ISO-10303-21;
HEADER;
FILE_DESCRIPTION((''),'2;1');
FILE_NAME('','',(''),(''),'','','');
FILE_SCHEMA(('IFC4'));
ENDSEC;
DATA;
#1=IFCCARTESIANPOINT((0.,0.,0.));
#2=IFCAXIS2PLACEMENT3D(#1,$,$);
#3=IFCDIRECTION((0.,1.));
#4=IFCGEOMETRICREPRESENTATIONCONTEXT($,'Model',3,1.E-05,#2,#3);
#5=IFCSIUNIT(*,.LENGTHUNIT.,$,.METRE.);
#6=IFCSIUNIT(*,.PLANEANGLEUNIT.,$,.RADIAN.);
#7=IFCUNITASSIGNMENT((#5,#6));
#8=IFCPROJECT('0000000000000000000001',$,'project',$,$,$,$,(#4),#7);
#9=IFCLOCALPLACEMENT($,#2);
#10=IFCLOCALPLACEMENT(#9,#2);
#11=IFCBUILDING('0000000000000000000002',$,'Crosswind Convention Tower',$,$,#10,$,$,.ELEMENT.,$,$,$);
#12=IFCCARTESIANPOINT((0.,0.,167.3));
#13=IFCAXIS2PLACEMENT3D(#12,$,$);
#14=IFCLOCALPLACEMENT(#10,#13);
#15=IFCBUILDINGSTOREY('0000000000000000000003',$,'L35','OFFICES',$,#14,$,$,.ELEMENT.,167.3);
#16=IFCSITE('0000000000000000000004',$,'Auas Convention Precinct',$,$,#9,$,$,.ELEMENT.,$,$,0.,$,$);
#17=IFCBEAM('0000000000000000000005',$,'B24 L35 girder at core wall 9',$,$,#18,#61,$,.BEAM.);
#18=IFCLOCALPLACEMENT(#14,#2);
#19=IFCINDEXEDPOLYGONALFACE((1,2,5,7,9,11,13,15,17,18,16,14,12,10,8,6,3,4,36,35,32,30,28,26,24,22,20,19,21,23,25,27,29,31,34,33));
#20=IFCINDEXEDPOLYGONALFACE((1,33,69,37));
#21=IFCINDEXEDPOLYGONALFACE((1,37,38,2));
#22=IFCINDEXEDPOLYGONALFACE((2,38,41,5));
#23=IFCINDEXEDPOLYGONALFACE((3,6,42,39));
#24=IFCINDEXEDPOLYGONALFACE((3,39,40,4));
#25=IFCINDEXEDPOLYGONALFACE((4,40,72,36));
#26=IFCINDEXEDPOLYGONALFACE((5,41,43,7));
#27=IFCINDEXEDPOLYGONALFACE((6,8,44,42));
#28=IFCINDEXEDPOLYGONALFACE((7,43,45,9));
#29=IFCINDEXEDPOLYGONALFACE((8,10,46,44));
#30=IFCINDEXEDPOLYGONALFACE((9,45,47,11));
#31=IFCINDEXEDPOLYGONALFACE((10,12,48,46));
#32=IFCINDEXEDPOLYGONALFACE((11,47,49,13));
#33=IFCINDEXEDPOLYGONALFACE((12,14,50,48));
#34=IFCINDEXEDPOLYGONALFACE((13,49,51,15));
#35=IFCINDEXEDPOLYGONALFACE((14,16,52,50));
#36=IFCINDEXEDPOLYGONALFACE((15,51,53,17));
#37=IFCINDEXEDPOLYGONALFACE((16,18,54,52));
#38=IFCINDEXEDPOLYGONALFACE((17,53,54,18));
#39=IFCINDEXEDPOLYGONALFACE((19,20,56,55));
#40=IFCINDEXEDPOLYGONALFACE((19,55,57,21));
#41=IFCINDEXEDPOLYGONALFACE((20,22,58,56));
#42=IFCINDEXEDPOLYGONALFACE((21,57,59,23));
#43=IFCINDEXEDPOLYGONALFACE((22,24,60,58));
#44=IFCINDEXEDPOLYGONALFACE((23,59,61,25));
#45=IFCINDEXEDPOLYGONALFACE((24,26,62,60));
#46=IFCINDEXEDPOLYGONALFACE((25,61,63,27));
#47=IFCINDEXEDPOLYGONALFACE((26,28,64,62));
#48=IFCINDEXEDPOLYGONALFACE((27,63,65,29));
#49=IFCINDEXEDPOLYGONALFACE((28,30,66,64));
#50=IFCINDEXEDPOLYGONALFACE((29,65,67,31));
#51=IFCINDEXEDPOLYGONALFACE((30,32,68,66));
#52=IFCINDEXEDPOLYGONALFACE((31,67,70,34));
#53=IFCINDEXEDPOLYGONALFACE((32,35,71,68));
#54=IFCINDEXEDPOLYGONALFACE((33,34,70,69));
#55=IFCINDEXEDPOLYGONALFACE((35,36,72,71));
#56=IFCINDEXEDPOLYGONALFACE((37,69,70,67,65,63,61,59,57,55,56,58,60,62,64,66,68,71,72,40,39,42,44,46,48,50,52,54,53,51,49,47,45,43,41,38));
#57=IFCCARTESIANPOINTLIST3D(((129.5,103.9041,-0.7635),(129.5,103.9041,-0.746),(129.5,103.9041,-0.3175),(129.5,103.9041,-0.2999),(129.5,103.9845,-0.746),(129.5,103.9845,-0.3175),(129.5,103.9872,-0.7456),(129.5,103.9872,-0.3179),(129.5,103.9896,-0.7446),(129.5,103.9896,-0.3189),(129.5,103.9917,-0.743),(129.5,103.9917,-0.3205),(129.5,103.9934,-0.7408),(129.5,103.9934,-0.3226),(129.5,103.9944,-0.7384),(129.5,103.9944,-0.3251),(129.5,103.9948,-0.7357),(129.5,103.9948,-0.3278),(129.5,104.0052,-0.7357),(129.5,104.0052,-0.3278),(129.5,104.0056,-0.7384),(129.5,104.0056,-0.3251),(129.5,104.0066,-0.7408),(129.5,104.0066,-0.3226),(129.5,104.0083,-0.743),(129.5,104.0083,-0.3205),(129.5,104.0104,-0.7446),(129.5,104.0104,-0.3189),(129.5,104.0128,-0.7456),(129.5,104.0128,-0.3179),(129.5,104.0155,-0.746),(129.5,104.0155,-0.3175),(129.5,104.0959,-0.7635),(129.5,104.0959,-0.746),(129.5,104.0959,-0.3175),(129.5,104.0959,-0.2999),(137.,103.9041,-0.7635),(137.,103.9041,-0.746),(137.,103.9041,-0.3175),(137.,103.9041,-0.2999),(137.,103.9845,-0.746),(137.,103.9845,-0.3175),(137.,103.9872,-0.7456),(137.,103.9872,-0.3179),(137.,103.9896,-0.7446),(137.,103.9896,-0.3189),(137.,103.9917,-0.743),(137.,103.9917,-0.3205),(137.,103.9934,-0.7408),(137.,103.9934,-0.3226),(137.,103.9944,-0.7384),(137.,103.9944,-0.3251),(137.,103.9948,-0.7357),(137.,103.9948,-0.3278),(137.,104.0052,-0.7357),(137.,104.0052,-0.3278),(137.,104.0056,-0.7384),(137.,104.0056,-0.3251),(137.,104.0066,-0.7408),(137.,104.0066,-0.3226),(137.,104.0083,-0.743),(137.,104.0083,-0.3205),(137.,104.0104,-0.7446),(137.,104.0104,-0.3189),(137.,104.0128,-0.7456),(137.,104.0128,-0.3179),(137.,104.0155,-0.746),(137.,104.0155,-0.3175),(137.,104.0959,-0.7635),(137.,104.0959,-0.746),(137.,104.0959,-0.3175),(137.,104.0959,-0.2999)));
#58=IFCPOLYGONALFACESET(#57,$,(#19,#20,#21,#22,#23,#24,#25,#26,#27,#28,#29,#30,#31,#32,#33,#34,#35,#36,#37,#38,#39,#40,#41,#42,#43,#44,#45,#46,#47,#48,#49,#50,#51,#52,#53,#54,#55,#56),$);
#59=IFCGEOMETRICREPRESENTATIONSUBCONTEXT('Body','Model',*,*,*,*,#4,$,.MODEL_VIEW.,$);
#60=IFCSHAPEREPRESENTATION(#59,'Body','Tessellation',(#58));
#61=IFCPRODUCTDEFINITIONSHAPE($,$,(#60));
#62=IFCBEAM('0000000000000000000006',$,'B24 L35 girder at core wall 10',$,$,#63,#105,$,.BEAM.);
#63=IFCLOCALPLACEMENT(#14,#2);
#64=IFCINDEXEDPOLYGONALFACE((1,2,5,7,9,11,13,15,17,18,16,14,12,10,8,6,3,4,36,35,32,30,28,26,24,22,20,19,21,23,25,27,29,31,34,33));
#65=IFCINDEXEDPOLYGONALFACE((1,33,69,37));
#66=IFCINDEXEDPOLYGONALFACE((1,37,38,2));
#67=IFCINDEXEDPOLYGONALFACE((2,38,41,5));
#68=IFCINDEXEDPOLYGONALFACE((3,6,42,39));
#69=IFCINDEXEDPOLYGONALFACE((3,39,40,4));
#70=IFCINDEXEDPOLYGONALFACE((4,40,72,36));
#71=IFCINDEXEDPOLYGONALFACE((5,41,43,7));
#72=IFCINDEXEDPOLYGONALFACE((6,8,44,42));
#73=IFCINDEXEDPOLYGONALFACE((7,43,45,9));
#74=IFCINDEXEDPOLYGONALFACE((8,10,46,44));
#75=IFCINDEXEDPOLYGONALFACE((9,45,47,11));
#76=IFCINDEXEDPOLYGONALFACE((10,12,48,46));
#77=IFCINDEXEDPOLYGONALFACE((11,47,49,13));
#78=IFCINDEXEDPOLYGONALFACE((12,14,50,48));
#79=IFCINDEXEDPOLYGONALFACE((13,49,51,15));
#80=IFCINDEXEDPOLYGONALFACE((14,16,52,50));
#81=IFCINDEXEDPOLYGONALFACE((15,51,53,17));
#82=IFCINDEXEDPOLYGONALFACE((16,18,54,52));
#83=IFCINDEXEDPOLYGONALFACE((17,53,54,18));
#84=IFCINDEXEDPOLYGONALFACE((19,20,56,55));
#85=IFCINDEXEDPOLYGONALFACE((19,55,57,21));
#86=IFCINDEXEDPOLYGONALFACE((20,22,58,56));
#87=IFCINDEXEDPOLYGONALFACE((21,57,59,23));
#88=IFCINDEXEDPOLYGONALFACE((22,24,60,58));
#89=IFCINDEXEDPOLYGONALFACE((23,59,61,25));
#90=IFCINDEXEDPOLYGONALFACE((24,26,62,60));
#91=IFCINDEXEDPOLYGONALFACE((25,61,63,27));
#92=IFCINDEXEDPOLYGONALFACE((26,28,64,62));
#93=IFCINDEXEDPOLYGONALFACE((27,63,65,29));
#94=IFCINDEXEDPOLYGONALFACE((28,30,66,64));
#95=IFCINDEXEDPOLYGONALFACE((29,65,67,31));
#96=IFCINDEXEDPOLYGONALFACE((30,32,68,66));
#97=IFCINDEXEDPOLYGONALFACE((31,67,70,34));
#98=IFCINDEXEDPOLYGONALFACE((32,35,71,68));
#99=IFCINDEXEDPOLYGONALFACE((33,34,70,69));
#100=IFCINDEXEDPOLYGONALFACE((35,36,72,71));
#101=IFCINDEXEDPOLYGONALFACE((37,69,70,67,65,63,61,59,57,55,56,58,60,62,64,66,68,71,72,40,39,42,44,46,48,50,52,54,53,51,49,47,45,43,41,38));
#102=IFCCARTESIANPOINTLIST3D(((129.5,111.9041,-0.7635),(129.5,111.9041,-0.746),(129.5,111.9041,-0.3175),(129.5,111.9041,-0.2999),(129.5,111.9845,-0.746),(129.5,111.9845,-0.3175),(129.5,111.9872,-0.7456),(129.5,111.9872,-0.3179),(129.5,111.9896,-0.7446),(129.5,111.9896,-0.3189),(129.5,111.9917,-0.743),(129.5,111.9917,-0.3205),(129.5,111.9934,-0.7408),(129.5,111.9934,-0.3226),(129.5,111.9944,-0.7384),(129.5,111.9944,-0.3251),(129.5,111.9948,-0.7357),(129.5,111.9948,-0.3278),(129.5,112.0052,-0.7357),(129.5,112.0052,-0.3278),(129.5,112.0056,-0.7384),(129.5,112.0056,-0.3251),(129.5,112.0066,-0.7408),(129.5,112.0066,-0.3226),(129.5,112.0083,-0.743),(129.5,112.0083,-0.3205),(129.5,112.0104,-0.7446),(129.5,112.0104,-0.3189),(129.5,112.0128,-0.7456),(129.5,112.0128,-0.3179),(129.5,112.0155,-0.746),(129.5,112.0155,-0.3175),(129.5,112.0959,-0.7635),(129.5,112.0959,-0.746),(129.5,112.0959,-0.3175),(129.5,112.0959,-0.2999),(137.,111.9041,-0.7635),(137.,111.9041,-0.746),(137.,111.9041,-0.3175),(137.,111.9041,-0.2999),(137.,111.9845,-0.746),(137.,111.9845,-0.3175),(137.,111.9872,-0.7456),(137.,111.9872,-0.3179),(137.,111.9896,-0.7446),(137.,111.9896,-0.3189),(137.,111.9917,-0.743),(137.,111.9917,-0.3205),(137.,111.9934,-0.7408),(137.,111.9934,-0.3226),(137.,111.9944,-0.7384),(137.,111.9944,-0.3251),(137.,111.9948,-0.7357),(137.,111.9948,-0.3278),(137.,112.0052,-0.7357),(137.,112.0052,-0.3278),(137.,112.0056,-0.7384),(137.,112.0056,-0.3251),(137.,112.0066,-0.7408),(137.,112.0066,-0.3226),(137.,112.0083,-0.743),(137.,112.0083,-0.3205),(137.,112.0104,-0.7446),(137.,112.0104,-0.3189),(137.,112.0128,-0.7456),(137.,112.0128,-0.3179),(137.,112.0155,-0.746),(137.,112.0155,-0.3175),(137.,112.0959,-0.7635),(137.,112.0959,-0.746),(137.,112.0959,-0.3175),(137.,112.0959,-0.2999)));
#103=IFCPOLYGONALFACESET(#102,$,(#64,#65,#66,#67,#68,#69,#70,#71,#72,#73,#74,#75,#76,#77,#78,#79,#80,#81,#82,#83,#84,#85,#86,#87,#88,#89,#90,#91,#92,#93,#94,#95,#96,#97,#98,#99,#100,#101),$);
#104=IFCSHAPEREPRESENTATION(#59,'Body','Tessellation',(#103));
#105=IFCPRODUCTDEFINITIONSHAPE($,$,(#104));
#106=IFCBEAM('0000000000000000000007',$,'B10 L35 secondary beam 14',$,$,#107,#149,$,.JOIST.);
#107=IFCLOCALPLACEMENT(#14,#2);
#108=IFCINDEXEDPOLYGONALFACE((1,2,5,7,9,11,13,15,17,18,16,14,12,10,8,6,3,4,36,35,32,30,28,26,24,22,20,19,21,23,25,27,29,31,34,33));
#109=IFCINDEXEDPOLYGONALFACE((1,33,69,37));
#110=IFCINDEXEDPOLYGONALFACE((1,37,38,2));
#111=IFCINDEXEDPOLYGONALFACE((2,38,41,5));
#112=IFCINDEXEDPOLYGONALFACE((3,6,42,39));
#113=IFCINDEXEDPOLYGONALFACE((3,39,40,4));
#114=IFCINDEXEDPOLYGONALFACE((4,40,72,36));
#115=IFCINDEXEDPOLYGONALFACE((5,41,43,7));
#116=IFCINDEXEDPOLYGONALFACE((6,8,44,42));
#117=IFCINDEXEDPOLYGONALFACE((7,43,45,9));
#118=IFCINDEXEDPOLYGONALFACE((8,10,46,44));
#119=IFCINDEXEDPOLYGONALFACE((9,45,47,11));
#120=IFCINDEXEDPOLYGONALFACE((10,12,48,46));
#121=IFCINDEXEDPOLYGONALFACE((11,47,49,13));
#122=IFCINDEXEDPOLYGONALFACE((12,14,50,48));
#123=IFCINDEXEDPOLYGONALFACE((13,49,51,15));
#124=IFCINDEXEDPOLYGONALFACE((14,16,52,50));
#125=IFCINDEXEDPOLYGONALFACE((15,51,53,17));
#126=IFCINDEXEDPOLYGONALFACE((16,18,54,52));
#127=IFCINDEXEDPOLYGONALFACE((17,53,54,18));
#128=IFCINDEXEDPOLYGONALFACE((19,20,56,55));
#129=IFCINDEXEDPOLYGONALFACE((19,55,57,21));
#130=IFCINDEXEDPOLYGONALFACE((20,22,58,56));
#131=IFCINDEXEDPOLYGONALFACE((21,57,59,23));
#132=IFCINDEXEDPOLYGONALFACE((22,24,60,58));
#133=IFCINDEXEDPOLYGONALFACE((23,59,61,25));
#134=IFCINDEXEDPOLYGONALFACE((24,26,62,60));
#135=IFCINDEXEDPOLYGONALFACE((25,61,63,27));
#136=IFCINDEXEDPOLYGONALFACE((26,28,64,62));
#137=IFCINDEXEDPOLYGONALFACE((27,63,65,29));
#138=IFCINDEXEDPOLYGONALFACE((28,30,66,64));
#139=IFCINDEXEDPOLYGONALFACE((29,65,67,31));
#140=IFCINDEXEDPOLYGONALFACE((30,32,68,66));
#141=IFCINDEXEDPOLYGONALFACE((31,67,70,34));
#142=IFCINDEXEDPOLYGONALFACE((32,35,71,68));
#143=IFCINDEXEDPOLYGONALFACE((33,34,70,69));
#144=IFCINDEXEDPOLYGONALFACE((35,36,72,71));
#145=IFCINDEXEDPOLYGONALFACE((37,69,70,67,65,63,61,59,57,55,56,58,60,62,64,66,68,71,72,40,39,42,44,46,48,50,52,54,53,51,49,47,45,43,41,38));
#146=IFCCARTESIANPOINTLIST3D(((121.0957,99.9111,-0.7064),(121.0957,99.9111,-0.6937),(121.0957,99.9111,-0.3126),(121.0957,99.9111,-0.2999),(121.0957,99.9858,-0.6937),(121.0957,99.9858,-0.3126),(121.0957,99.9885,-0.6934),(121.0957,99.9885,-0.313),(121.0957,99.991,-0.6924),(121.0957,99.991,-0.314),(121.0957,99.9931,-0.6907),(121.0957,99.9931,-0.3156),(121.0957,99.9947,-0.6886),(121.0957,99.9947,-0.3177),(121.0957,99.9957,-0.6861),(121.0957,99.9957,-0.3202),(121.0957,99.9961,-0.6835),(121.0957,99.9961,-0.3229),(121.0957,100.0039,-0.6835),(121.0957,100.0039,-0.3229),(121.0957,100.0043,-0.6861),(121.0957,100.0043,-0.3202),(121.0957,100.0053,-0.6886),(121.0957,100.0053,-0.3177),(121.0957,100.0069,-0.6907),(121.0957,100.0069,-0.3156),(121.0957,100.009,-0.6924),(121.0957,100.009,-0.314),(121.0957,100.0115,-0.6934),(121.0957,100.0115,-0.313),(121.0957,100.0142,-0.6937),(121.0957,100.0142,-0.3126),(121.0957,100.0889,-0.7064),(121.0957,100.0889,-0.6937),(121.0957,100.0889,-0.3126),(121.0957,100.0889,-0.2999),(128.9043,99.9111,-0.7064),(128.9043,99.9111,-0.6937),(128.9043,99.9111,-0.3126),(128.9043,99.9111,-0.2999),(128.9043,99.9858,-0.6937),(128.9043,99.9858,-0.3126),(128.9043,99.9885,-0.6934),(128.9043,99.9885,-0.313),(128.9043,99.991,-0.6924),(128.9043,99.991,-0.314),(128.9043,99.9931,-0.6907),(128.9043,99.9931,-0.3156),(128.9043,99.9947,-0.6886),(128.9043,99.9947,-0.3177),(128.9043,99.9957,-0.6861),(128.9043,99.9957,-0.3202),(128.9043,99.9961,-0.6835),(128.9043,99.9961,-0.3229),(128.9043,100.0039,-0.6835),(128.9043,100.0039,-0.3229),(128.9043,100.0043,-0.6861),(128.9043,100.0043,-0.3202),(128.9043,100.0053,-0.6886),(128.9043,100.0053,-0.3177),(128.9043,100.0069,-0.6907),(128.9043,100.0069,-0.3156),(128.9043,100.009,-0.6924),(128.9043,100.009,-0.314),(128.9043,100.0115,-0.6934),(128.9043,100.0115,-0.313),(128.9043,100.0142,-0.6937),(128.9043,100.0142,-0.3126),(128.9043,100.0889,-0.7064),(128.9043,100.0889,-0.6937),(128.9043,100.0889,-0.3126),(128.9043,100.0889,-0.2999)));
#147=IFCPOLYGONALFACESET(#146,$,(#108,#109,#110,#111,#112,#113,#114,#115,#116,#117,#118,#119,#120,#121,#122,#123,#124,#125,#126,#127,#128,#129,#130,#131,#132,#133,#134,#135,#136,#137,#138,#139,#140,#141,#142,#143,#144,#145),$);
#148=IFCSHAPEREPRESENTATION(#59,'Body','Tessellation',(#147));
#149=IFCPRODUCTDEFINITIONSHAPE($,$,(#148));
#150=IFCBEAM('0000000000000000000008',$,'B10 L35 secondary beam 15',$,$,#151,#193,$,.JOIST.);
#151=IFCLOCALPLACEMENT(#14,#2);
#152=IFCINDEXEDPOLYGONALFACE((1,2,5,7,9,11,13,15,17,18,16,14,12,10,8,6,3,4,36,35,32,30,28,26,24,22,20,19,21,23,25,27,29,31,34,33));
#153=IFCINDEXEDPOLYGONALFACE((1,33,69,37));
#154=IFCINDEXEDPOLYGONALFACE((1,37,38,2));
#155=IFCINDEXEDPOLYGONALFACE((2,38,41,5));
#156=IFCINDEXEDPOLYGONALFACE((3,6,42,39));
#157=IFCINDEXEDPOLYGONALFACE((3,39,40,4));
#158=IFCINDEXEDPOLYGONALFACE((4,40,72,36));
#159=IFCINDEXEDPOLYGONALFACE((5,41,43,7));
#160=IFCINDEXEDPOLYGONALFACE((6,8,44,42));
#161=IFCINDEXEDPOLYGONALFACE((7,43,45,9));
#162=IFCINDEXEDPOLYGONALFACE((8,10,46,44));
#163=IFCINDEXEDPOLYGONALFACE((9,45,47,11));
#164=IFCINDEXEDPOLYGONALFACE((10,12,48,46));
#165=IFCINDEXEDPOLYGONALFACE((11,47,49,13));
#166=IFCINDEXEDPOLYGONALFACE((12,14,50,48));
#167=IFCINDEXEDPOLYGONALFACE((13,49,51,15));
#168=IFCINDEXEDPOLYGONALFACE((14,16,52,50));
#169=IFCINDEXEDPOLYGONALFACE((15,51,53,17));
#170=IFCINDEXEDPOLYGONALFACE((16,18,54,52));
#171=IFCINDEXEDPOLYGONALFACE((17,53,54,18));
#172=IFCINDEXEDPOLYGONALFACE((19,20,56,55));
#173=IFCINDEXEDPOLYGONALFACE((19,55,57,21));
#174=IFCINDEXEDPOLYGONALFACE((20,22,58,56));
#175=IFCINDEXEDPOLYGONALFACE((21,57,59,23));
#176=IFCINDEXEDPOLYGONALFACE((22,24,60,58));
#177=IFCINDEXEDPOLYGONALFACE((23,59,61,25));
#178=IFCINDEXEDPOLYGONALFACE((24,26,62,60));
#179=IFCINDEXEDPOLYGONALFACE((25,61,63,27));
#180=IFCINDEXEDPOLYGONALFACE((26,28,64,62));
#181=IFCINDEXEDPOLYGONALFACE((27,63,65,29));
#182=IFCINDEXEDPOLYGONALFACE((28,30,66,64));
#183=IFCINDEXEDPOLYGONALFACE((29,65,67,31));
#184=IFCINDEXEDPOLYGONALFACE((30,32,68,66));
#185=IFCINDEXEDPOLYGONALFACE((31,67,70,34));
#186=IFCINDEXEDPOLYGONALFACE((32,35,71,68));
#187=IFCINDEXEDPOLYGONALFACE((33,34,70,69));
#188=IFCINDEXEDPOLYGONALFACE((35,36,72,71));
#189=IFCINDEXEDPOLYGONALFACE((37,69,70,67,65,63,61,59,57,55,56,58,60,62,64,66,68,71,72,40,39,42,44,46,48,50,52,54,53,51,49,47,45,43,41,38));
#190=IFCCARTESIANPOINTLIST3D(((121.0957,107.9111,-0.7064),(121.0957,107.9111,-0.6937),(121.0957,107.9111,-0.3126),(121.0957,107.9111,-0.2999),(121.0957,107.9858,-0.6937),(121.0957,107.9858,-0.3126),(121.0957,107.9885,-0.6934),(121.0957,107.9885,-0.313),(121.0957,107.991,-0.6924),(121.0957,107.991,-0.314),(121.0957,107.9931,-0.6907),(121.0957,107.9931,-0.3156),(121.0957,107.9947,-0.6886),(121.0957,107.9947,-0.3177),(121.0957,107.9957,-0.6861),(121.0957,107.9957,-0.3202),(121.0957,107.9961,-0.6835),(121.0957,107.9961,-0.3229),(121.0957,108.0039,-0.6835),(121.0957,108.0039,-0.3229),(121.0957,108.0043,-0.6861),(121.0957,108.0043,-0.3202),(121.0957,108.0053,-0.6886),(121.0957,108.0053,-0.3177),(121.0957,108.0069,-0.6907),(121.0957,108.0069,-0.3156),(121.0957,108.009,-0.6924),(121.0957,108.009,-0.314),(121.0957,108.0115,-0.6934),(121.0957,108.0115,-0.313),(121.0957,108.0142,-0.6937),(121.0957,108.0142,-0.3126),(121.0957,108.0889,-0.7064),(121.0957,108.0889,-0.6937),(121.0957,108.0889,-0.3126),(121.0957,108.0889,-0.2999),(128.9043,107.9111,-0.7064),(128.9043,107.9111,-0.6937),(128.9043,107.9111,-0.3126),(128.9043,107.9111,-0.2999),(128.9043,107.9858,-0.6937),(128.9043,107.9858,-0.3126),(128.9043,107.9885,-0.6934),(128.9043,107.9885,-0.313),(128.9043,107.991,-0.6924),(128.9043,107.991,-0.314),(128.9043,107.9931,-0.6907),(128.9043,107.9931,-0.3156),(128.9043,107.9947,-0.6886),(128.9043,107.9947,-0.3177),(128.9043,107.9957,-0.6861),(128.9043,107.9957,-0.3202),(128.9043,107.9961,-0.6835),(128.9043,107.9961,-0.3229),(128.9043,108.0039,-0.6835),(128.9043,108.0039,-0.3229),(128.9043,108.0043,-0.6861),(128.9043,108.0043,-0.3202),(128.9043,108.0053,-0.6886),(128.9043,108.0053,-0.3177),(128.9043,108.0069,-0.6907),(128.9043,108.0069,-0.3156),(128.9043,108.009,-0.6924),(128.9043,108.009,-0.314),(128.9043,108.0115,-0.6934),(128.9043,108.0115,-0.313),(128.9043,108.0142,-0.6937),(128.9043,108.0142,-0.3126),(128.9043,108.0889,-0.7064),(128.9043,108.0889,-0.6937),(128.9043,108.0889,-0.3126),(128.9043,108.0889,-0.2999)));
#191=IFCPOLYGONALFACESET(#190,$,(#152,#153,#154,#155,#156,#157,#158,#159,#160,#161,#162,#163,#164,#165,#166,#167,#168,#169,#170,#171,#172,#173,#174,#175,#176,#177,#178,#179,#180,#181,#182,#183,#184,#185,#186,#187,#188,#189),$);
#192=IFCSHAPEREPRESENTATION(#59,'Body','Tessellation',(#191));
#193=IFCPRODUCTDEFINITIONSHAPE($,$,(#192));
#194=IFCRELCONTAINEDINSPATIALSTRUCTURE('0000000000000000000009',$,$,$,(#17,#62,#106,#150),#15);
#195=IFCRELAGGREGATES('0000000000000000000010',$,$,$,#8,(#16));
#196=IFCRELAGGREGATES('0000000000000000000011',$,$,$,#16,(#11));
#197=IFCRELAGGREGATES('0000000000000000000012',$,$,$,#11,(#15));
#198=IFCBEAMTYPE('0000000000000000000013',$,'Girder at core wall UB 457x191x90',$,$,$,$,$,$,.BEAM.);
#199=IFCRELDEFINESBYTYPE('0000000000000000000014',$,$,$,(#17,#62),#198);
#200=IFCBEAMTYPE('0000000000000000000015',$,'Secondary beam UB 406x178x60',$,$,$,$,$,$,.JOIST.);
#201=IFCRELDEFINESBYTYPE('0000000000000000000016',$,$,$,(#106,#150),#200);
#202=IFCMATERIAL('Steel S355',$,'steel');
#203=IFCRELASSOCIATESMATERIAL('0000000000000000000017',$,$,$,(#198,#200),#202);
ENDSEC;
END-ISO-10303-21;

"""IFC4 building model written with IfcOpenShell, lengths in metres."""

from ifc_helpers import new_model, si_unit, direction, frame, origin, origin_2d, place, context, subcontext, project, spatial, i_section, extrude, material, material_profile, profile_set, type_object, element, save


model = new_model("IFC4")

# Units and contexts
model_context = context("Model", 3, precision=1e-05, world=origin(), true_north=direction((0.0, 1.0)))
body_context = subcontext(model_context, "Body", "Model", "MODEL_VIEW")
ifc_project = project(units=[si_unit("LENGTHUNIT", "METRE"), si_unit("PLANEANGLEUNIT", "RADIAN")], contexts=[model_context])

# Site, building, storey
site_placement = place(None, origin())
site = spatial("IfcSite", under=ifc_project, at=site_placement, Name="Auas Convention Precinct", CompositionType="ELEMENT", RefElevation=0.0)
building_placement = place(site_placement, origin())
building = spatial("IfcBuilding", under=site, at=building_placement, Name="Crosswind Convention Tower", CompositionType="ELEMENT")
storey_placement = place(building_placement, frame((0.0, 0.0, 167.3)))
storey = spatial("IfcBuildingStorey", under=building, at=storey_placement, Name="L35", Description="OFFICES", CompositionType="ELEMENT", Elevation=167.3)

# Beams
ifc_material_1 = material(Name="Steel S355", Category="steel")
ifc_material_profile_1 = material_profile(ifc_material_1, i_section(OverallWidth=0.1919, OverallDepth=0.4636, WebThickness=0.0105, FlangeThickness=0.0176, FilletRadius=0.0103, at=origin_2d()), Name="UB 457x191x90")
ifc_profile_set_1 = profile_set([ifc_material_profile_1], Name="Steel S355")
beam_type_1 = type_object("IfcBeamType", Name="Girder at core wall UB 457x191x90", PredefinedType="BEAM", material=ifc_profile_set_1)
for number, where, z_axis, x_axis, name in (
    (1, (129.5, 104.0, -0.5317), (1.0, 0.0, 0.0), (0.0, 1.0, 0.0), "B24 L35 girder at core wall 9"),
    (2, (129.5, 112.0, -0.5317), (1.0, 0.0, 0.0), (0.0, 1.0, 0.0), "B24 L35 girder at core wall 10"),
):
    element("IfcBeam", number, at=place(storey_placement, frame(where, z_axis=z_axis, x_axis=x_axis)), inside=storey, type_object=beam_type_1, Name=name, PredefinedType="BEAM", context=body_context, shape_type="SweptSolid", body=[
        extrude(i_section(OverallWidth=0.1919, OverallDepth=0.4636, WebThickness=0.0105, FlangeThickness=0.0176, FilletRadius=0.0103, at=origin_2d()), origin(), (0.0, 0.0, 1.0), 7.5),
    ])
ifc_material_profile_2 = material_profile(ifc_material_1, i_section(OverallWidth=0.1777, OverallDepth=0.4065, WebThickness=0.0078, FlangeThickness=0.0127, FilletRadius=0.0103, at=origin_2d()), Name="UB 406x178x60")
ifc_profile_set_2 = profile_set([ifc_material_profile_2], Name="Steel S355")
beam_type_2 = type_object("IfcBeamType", Name="Secondary beam UB 406x178x60", PredefinedType="JOIST", material=ifc_profile_set_2)
for number, where, z_axis, x_axis, name in (
    (3, (121.0957, 100.0, -0.5032), (1.0, 0.0, 0.0), (0.0, 1.0, 0.0), "B10 L35 secondary beam 14"),
    (4, (121.0957, 108.0, -0.5032), (1.0, 0.0, 0.0), (0.0, 1.0, 0.0), "B10 L35 secondary beam 15"),
):
    element("IfcBeam", number, at=place(storey_placement, frame(where, z_axis=z_axis, x_axis=x_axis)), inside=storey, type_object=beam_type_2, Name=name, PredefinedType="JOIST", context=body_context, shape_type="SweptSolid", body=[
        extrude(i_section(OverallWidth=0.1777, OverallDepth=0.4065, WebThickness=0.0078, FlangeThickness=0.0127, FilletRadius=0.0103, at=origin_2d()), origin(), (0.0, 0.0, 1.0), 7.8086),
    ])

save(model, "model.ifc")
